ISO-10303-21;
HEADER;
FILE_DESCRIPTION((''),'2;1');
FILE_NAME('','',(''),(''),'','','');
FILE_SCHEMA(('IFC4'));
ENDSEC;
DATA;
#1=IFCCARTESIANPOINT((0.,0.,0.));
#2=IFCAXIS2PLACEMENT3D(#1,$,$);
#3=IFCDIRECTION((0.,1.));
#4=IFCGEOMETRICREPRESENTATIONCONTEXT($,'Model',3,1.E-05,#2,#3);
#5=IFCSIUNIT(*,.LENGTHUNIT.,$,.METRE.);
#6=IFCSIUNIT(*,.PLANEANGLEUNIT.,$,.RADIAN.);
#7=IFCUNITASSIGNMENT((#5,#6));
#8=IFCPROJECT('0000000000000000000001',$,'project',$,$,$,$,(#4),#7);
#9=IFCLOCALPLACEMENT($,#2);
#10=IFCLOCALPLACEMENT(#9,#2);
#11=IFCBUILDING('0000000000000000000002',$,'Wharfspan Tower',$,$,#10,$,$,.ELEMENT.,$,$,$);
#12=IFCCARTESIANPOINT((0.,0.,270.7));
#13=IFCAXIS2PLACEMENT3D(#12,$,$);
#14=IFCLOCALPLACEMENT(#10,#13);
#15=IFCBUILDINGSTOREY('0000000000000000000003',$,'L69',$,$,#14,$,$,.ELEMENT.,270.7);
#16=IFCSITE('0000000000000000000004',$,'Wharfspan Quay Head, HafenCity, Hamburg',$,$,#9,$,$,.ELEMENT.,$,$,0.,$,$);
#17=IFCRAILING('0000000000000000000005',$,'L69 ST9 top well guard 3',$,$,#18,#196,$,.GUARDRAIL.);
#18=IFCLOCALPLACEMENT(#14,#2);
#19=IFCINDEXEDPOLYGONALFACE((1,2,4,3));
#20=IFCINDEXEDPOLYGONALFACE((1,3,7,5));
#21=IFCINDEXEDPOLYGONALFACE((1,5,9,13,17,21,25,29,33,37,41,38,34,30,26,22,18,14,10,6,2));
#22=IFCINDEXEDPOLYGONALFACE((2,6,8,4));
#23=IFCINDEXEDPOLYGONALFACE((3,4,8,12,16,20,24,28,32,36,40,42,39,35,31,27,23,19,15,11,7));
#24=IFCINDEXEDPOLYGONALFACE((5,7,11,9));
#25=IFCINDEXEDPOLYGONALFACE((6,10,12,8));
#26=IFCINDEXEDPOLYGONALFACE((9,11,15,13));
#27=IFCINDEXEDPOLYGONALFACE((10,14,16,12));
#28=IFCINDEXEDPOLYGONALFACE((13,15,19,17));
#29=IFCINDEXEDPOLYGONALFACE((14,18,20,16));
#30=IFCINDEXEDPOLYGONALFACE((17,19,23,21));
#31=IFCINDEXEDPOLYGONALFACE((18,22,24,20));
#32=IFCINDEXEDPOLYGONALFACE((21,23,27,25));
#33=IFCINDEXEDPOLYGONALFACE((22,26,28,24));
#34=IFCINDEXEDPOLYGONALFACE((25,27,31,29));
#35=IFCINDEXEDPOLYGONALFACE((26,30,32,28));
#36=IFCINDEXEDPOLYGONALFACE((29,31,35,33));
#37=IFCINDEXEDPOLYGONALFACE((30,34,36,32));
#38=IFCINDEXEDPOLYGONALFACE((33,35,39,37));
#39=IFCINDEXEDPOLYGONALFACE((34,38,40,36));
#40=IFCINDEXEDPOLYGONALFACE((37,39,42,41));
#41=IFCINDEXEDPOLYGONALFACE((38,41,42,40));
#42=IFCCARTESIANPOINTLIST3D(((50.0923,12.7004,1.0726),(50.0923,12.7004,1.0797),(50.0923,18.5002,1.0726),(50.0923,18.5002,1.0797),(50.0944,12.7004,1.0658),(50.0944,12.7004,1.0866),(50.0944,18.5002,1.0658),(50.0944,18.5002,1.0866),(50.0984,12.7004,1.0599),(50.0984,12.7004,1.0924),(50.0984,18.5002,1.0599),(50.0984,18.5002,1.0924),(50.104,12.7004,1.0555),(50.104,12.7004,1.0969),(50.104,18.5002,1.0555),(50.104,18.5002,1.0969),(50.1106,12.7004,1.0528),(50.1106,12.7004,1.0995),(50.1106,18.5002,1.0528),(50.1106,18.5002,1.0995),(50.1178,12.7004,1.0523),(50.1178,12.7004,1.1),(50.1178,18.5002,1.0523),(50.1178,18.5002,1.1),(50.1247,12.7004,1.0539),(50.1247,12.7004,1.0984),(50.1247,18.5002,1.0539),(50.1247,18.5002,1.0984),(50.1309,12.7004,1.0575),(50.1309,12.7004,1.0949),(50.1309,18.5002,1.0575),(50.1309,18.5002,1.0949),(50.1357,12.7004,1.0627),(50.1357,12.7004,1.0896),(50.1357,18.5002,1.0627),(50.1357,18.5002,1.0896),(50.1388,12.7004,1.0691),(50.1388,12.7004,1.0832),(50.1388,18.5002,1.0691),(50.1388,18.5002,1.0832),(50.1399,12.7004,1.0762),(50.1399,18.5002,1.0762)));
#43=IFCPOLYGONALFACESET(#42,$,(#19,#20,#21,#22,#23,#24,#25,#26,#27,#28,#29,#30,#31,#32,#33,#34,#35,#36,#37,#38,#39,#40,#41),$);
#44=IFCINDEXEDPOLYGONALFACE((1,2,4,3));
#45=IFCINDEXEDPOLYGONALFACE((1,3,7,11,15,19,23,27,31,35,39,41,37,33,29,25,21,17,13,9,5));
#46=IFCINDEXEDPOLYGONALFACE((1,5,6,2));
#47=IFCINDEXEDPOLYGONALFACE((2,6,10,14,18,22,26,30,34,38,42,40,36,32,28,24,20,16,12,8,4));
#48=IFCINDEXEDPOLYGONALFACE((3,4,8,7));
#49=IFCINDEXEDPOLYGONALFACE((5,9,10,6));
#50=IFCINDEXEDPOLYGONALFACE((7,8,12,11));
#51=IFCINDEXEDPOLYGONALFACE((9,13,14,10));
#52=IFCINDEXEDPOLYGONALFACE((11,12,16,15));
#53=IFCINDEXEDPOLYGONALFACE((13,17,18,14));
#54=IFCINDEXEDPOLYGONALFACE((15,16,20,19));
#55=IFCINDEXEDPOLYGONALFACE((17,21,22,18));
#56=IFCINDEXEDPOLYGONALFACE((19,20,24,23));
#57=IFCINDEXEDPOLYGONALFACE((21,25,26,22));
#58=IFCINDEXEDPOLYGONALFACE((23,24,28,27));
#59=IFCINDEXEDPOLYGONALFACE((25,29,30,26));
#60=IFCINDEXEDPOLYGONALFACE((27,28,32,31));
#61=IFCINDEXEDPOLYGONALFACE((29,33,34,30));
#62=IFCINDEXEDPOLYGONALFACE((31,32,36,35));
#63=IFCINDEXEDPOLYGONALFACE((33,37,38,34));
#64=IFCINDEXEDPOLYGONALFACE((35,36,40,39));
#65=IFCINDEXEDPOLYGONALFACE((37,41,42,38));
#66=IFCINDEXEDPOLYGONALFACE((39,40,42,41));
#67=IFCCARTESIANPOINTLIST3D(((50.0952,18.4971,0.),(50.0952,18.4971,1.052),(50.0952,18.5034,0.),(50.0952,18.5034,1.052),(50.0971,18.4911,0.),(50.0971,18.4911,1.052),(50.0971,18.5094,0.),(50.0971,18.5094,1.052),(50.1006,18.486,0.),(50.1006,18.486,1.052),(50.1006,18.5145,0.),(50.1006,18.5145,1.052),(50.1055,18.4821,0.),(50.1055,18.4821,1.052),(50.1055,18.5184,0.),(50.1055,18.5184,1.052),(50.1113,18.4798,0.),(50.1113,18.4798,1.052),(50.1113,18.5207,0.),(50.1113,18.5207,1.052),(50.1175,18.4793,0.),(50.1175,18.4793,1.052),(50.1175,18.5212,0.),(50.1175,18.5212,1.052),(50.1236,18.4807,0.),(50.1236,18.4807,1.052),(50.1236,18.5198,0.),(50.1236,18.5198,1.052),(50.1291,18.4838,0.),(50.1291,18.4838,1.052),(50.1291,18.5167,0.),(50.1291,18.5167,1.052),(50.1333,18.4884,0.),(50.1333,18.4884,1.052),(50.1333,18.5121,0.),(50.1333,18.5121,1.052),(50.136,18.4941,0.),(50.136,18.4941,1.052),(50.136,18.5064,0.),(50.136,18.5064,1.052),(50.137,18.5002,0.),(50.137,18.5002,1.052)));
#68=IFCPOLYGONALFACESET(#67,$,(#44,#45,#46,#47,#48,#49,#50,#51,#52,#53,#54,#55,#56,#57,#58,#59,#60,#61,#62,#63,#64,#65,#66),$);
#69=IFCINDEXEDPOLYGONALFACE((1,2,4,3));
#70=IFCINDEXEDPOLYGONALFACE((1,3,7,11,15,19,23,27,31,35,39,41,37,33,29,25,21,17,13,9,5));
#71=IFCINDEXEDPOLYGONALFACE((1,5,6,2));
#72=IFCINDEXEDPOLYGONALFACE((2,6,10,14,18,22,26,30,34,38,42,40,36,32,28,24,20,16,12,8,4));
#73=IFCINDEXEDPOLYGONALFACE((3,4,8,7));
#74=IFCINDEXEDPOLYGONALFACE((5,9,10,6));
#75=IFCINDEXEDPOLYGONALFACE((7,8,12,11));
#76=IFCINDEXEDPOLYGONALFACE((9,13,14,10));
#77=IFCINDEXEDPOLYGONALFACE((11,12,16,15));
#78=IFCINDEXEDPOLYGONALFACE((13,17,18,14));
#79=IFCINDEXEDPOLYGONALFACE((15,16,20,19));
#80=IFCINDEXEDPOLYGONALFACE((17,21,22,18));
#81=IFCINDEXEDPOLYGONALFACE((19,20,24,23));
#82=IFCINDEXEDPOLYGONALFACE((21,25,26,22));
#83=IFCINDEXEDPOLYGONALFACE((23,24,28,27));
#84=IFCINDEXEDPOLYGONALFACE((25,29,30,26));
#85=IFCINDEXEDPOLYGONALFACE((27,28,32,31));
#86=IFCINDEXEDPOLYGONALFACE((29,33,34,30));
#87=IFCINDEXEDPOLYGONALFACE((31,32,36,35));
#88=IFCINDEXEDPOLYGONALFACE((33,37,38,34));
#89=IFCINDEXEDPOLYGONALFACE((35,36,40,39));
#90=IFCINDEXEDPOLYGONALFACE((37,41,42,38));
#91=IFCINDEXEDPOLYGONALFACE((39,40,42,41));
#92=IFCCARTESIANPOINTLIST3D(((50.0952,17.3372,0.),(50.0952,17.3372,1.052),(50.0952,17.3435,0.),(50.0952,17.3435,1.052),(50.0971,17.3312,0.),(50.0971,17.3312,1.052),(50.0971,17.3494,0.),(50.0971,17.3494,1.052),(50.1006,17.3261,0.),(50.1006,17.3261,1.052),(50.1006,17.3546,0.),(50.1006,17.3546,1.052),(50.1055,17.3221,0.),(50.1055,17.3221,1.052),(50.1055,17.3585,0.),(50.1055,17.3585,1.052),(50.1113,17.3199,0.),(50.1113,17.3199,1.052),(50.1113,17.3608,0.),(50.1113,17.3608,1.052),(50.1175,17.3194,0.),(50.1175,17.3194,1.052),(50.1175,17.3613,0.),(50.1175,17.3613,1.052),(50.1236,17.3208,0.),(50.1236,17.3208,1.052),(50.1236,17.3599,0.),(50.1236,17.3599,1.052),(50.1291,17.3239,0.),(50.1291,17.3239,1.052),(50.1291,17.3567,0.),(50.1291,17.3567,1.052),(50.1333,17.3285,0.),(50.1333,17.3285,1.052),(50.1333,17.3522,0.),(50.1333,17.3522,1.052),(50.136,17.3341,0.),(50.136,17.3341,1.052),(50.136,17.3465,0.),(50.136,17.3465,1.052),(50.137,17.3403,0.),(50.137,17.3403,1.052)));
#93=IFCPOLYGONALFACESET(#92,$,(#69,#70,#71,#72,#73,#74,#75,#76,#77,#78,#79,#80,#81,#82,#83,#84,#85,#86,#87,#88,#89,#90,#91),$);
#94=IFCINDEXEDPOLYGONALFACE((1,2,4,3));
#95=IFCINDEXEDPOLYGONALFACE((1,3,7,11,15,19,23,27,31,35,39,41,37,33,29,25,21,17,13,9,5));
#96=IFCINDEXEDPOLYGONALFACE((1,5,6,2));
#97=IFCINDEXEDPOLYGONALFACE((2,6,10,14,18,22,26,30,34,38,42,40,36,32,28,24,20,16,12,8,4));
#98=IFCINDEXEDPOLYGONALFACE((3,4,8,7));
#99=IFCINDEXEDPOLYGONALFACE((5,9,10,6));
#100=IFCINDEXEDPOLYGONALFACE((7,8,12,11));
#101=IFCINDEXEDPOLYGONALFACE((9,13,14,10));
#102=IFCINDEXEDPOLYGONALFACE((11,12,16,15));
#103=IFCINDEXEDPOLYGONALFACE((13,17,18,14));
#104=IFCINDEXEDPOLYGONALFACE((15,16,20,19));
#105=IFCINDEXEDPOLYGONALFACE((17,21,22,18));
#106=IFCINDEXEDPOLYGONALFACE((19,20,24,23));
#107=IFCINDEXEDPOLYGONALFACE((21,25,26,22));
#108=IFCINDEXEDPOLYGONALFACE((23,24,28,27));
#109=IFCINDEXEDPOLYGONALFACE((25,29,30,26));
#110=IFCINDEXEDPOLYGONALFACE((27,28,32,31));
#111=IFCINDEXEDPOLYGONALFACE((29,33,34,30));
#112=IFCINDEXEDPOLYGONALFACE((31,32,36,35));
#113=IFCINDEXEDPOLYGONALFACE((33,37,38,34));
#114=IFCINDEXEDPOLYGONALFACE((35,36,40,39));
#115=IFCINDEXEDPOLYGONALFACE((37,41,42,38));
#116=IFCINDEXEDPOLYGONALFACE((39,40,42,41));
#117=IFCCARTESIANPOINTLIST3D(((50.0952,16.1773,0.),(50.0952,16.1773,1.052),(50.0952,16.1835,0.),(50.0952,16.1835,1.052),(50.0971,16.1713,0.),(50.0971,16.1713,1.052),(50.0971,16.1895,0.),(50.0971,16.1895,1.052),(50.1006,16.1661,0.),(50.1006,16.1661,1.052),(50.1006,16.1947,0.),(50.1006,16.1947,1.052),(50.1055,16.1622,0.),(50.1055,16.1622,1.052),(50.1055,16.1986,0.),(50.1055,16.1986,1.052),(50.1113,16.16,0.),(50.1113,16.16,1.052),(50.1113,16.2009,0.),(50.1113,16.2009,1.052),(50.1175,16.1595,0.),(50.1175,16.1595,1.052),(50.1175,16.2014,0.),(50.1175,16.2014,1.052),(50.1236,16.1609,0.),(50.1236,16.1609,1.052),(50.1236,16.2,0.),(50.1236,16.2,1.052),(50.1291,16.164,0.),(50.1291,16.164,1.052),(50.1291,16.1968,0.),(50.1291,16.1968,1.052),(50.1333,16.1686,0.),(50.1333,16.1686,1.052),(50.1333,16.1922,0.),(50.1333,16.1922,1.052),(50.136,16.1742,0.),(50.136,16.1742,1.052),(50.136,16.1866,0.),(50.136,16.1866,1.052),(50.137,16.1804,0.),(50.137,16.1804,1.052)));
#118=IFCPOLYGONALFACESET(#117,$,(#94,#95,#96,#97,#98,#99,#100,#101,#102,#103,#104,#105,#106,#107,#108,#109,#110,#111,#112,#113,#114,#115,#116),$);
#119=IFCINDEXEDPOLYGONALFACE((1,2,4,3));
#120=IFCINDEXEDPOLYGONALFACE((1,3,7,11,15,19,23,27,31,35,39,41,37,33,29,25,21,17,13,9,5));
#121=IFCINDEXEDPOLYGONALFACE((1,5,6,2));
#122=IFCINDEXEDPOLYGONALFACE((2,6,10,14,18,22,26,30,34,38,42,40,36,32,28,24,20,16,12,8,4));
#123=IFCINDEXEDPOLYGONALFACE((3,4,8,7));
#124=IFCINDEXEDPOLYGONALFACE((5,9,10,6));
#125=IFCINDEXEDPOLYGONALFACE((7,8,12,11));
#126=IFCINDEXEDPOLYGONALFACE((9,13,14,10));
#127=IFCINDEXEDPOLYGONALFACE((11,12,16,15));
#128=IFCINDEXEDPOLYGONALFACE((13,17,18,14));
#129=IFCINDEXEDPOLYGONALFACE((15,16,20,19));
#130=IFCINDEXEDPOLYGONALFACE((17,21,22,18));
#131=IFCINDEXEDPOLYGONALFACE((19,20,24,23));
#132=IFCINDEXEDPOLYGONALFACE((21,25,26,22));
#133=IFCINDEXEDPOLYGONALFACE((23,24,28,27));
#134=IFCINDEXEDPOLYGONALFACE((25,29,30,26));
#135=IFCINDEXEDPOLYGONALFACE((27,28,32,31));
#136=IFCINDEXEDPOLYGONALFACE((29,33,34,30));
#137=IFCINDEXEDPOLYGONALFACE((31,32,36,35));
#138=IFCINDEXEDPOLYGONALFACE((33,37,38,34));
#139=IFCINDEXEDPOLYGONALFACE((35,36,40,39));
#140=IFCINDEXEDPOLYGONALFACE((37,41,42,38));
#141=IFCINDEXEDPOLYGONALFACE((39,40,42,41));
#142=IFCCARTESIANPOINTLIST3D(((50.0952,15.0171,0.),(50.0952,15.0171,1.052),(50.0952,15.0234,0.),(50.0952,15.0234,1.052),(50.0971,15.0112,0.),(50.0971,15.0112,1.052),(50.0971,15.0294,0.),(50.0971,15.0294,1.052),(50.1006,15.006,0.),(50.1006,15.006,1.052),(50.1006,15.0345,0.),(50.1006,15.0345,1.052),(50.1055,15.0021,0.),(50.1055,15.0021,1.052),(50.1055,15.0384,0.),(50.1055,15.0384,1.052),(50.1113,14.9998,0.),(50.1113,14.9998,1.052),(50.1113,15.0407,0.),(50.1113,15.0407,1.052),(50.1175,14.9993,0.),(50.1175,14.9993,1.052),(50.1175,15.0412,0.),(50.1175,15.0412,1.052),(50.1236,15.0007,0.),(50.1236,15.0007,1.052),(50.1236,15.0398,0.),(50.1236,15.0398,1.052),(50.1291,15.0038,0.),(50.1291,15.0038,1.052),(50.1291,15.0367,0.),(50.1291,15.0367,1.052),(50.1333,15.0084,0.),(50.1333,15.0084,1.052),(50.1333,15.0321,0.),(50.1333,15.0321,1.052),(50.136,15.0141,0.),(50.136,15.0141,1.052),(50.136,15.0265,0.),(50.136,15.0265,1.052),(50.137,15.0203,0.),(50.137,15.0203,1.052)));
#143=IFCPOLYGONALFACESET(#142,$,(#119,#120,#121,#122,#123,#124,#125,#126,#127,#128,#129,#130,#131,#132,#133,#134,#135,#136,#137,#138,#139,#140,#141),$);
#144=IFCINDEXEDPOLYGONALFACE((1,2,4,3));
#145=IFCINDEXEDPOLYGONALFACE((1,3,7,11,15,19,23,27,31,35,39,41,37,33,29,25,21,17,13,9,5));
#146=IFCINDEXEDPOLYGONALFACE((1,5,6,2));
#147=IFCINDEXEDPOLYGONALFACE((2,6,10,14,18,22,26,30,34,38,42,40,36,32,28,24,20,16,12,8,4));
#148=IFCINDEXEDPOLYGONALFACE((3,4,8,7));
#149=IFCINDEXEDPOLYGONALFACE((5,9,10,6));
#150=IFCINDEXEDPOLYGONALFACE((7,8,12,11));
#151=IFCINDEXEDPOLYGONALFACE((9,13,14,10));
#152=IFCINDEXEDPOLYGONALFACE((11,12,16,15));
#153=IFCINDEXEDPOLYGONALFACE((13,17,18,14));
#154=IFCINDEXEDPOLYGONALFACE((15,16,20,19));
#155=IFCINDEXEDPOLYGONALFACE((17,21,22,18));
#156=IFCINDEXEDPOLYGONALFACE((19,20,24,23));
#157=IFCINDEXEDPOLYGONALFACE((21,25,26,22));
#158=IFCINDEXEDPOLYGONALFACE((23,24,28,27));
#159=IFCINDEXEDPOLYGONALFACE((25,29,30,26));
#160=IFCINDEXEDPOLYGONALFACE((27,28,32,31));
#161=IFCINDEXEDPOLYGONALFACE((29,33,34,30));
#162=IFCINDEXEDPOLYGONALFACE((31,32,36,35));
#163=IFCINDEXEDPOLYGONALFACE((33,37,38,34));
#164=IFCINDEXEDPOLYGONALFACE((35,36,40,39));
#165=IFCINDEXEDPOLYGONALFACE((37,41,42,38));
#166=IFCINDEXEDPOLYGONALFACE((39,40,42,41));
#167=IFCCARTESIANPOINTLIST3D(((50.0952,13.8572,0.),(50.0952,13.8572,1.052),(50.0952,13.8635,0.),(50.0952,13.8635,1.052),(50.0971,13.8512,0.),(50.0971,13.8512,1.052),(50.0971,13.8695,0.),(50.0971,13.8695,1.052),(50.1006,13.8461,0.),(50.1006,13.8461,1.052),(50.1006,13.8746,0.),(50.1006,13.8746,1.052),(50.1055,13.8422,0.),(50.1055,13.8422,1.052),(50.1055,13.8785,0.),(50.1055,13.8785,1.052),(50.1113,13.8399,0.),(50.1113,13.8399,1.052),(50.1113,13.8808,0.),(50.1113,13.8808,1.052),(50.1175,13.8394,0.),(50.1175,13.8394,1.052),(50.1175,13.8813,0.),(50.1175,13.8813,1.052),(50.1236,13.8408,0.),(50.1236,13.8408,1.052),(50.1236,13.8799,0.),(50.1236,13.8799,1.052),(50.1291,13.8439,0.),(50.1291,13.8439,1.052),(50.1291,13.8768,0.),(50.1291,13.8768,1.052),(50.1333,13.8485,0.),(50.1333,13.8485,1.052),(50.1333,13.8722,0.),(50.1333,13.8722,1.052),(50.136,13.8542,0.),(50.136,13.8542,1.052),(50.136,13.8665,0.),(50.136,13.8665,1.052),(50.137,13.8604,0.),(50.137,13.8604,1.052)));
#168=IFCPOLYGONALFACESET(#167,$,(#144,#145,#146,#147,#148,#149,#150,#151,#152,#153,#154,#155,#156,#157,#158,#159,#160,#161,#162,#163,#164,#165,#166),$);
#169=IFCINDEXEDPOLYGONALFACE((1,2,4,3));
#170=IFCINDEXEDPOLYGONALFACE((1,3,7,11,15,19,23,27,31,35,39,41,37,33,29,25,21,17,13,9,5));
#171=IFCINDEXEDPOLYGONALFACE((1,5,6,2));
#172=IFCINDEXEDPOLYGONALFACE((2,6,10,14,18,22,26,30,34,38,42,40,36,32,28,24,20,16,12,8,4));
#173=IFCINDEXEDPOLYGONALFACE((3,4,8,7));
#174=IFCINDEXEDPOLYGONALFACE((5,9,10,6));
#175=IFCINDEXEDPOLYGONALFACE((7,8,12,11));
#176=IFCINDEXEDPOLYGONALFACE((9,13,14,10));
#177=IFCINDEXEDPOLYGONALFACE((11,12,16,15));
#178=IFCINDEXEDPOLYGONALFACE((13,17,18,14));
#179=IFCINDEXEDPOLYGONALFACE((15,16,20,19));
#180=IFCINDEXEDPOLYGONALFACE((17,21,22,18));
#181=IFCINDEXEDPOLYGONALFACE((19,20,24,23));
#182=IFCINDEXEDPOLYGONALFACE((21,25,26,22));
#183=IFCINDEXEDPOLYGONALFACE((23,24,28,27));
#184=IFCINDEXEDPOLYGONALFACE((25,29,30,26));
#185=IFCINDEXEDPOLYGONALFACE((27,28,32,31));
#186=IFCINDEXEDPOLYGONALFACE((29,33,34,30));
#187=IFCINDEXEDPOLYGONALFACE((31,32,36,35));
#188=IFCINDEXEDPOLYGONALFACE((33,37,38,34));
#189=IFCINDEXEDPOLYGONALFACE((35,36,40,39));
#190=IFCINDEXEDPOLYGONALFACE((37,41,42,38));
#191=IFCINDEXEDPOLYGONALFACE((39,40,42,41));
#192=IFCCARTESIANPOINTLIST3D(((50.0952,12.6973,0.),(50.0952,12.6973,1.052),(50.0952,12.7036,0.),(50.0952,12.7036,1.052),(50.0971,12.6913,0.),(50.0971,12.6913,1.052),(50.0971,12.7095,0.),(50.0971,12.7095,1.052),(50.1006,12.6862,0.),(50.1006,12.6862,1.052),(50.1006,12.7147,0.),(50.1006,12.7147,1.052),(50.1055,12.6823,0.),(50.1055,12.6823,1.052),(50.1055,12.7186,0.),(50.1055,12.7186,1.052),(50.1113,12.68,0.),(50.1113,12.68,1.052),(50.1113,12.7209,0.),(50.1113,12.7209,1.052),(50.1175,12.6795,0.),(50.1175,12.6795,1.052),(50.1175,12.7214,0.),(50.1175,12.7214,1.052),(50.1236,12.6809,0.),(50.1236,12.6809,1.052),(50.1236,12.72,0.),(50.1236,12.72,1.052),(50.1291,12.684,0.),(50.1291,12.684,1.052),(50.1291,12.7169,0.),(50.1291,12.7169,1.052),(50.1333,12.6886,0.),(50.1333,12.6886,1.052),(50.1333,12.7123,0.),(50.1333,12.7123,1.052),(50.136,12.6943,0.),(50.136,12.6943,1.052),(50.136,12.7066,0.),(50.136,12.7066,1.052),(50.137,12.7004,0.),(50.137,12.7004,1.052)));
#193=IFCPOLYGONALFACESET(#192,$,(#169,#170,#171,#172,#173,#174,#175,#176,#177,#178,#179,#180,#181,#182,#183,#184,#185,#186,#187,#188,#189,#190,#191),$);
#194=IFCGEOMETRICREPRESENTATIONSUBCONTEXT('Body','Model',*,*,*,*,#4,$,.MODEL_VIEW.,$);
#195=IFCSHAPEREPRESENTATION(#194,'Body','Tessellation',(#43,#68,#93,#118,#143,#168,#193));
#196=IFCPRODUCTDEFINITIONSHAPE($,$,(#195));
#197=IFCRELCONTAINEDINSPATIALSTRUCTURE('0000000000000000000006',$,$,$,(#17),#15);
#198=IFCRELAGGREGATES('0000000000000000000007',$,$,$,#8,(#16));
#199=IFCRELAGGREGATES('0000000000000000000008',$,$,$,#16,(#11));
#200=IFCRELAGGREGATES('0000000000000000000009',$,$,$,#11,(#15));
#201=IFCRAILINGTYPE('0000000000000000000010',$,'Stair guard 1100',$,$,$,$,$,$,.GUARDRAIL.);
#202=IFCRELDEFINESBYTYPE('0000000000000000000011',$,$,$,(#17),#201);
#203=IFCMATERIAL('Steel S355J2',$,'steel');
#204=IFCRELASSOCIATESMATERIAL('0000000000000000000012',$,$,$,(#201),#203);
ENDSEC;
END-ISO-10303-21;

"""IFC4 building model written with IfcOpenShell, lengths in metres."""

from ifc_helpers import new_model, si_unit, direction, frame, origin, origin_2d, place, context, subcontext, project, spatial, circle, extrude, material, type_object, element, save


model = new_model("IFC4")

# Units and contexts
model_context = context("Model", 3, precision=1e-05, world=origin(), true_north=direction((0.0, 1.0)))
body_context = subcontext(model_context, "Body", "Model", "MODEL_VIEW")
ifc_project = project(units=[si_unit("LENGTHUNIT", "METRE"), si_unit("PLANEANGLEUNIT", "RADIAN")], contexts=[model_context])

# Site, building, storey
site_placement = place(None, origin())
site = spatial("IfcSite", under=ifc_project, at=site_placement, Name="Wharfspan Quay Head, HafenCity, Hamburg", CompositionType="ELEMENT", RefElevation=0.0)
building_placement = place(site_placement, origin())
building = spatial("IfcBuilding", under=site, at=building_placement, Name="Wharfspan Tower", CompositionType="ELEMENT")
storey_placement = place(building_placement, frame((0.0, 0.0, 270.7)))
storey = spatial("IfcBuildingStorey", under=building, at=storey_placement, Name="L69", CompositionType="ELEMENT", Elevation=270.7)

# Shared definitions
ifc_material_1 = material(Name="Steel S355J2", Category="steel")

# Railing
railing_type_1 = type_object("IfcRailingType", Name="Stair guard 1100", PredefinedType="GUARDRAIL", material=ifc_material_1)
for number, where, name in (
    (1, (50.116, 18.5002, 0.0), "L69 ST9 top well guard 3"),
):
    element("IfcRailing", number, at=place(storey_placement, frame(where)), inside=storey, type_object=railing_type_1, Name=name, PredefinedType="GUARDRAIL", context=body_context, shape_type="SweptSolid", body=[
        extrude(circle(Radius=0.0239, at=origin_2d()), frame((0.0, 0.0, 1.0762), z_axis=(0.0, -1.0, 0.0), x_axis=(1.0, 0.0, 0.0)), (0.0, 0.0, 1.0), 5.7998),
        extrude(circle(Radius=0.021, at=origin_2d()), origin(), (0.0, 0.0, 1.0), 1.052),
        extrude(circle(Radius=0.021, at=origin_2d()), frame((0.0, -1.1599, 0.0)), (0.0, 0.0, 1.0), 1.052),
        extrude(circle(Radius=0.021, at=origin_2d()), frame((0.0, -2.3198, 0.0)), (0.0, 0.0, 1.0), 1.052),
        extrude(circle(Radius=0.021, at=origin_2d()), frame((0.0, -3.48, 0.0)), (0.0, 0.0, 1.0), 1.052),
        extrude(circle(Radius=0.021, at=origin_2d()), frame((0.0, -4.6399, 0.0)), (0.0, 0.0, 1.0), 1.052),
        extrude(circle(Radius=0.021, at=origin_2d()), frame((0.0, -5.7998, 0.0)), (0.0, 0.0, 1.0), 1.052),
    ])

save(model, "model.ifc")
